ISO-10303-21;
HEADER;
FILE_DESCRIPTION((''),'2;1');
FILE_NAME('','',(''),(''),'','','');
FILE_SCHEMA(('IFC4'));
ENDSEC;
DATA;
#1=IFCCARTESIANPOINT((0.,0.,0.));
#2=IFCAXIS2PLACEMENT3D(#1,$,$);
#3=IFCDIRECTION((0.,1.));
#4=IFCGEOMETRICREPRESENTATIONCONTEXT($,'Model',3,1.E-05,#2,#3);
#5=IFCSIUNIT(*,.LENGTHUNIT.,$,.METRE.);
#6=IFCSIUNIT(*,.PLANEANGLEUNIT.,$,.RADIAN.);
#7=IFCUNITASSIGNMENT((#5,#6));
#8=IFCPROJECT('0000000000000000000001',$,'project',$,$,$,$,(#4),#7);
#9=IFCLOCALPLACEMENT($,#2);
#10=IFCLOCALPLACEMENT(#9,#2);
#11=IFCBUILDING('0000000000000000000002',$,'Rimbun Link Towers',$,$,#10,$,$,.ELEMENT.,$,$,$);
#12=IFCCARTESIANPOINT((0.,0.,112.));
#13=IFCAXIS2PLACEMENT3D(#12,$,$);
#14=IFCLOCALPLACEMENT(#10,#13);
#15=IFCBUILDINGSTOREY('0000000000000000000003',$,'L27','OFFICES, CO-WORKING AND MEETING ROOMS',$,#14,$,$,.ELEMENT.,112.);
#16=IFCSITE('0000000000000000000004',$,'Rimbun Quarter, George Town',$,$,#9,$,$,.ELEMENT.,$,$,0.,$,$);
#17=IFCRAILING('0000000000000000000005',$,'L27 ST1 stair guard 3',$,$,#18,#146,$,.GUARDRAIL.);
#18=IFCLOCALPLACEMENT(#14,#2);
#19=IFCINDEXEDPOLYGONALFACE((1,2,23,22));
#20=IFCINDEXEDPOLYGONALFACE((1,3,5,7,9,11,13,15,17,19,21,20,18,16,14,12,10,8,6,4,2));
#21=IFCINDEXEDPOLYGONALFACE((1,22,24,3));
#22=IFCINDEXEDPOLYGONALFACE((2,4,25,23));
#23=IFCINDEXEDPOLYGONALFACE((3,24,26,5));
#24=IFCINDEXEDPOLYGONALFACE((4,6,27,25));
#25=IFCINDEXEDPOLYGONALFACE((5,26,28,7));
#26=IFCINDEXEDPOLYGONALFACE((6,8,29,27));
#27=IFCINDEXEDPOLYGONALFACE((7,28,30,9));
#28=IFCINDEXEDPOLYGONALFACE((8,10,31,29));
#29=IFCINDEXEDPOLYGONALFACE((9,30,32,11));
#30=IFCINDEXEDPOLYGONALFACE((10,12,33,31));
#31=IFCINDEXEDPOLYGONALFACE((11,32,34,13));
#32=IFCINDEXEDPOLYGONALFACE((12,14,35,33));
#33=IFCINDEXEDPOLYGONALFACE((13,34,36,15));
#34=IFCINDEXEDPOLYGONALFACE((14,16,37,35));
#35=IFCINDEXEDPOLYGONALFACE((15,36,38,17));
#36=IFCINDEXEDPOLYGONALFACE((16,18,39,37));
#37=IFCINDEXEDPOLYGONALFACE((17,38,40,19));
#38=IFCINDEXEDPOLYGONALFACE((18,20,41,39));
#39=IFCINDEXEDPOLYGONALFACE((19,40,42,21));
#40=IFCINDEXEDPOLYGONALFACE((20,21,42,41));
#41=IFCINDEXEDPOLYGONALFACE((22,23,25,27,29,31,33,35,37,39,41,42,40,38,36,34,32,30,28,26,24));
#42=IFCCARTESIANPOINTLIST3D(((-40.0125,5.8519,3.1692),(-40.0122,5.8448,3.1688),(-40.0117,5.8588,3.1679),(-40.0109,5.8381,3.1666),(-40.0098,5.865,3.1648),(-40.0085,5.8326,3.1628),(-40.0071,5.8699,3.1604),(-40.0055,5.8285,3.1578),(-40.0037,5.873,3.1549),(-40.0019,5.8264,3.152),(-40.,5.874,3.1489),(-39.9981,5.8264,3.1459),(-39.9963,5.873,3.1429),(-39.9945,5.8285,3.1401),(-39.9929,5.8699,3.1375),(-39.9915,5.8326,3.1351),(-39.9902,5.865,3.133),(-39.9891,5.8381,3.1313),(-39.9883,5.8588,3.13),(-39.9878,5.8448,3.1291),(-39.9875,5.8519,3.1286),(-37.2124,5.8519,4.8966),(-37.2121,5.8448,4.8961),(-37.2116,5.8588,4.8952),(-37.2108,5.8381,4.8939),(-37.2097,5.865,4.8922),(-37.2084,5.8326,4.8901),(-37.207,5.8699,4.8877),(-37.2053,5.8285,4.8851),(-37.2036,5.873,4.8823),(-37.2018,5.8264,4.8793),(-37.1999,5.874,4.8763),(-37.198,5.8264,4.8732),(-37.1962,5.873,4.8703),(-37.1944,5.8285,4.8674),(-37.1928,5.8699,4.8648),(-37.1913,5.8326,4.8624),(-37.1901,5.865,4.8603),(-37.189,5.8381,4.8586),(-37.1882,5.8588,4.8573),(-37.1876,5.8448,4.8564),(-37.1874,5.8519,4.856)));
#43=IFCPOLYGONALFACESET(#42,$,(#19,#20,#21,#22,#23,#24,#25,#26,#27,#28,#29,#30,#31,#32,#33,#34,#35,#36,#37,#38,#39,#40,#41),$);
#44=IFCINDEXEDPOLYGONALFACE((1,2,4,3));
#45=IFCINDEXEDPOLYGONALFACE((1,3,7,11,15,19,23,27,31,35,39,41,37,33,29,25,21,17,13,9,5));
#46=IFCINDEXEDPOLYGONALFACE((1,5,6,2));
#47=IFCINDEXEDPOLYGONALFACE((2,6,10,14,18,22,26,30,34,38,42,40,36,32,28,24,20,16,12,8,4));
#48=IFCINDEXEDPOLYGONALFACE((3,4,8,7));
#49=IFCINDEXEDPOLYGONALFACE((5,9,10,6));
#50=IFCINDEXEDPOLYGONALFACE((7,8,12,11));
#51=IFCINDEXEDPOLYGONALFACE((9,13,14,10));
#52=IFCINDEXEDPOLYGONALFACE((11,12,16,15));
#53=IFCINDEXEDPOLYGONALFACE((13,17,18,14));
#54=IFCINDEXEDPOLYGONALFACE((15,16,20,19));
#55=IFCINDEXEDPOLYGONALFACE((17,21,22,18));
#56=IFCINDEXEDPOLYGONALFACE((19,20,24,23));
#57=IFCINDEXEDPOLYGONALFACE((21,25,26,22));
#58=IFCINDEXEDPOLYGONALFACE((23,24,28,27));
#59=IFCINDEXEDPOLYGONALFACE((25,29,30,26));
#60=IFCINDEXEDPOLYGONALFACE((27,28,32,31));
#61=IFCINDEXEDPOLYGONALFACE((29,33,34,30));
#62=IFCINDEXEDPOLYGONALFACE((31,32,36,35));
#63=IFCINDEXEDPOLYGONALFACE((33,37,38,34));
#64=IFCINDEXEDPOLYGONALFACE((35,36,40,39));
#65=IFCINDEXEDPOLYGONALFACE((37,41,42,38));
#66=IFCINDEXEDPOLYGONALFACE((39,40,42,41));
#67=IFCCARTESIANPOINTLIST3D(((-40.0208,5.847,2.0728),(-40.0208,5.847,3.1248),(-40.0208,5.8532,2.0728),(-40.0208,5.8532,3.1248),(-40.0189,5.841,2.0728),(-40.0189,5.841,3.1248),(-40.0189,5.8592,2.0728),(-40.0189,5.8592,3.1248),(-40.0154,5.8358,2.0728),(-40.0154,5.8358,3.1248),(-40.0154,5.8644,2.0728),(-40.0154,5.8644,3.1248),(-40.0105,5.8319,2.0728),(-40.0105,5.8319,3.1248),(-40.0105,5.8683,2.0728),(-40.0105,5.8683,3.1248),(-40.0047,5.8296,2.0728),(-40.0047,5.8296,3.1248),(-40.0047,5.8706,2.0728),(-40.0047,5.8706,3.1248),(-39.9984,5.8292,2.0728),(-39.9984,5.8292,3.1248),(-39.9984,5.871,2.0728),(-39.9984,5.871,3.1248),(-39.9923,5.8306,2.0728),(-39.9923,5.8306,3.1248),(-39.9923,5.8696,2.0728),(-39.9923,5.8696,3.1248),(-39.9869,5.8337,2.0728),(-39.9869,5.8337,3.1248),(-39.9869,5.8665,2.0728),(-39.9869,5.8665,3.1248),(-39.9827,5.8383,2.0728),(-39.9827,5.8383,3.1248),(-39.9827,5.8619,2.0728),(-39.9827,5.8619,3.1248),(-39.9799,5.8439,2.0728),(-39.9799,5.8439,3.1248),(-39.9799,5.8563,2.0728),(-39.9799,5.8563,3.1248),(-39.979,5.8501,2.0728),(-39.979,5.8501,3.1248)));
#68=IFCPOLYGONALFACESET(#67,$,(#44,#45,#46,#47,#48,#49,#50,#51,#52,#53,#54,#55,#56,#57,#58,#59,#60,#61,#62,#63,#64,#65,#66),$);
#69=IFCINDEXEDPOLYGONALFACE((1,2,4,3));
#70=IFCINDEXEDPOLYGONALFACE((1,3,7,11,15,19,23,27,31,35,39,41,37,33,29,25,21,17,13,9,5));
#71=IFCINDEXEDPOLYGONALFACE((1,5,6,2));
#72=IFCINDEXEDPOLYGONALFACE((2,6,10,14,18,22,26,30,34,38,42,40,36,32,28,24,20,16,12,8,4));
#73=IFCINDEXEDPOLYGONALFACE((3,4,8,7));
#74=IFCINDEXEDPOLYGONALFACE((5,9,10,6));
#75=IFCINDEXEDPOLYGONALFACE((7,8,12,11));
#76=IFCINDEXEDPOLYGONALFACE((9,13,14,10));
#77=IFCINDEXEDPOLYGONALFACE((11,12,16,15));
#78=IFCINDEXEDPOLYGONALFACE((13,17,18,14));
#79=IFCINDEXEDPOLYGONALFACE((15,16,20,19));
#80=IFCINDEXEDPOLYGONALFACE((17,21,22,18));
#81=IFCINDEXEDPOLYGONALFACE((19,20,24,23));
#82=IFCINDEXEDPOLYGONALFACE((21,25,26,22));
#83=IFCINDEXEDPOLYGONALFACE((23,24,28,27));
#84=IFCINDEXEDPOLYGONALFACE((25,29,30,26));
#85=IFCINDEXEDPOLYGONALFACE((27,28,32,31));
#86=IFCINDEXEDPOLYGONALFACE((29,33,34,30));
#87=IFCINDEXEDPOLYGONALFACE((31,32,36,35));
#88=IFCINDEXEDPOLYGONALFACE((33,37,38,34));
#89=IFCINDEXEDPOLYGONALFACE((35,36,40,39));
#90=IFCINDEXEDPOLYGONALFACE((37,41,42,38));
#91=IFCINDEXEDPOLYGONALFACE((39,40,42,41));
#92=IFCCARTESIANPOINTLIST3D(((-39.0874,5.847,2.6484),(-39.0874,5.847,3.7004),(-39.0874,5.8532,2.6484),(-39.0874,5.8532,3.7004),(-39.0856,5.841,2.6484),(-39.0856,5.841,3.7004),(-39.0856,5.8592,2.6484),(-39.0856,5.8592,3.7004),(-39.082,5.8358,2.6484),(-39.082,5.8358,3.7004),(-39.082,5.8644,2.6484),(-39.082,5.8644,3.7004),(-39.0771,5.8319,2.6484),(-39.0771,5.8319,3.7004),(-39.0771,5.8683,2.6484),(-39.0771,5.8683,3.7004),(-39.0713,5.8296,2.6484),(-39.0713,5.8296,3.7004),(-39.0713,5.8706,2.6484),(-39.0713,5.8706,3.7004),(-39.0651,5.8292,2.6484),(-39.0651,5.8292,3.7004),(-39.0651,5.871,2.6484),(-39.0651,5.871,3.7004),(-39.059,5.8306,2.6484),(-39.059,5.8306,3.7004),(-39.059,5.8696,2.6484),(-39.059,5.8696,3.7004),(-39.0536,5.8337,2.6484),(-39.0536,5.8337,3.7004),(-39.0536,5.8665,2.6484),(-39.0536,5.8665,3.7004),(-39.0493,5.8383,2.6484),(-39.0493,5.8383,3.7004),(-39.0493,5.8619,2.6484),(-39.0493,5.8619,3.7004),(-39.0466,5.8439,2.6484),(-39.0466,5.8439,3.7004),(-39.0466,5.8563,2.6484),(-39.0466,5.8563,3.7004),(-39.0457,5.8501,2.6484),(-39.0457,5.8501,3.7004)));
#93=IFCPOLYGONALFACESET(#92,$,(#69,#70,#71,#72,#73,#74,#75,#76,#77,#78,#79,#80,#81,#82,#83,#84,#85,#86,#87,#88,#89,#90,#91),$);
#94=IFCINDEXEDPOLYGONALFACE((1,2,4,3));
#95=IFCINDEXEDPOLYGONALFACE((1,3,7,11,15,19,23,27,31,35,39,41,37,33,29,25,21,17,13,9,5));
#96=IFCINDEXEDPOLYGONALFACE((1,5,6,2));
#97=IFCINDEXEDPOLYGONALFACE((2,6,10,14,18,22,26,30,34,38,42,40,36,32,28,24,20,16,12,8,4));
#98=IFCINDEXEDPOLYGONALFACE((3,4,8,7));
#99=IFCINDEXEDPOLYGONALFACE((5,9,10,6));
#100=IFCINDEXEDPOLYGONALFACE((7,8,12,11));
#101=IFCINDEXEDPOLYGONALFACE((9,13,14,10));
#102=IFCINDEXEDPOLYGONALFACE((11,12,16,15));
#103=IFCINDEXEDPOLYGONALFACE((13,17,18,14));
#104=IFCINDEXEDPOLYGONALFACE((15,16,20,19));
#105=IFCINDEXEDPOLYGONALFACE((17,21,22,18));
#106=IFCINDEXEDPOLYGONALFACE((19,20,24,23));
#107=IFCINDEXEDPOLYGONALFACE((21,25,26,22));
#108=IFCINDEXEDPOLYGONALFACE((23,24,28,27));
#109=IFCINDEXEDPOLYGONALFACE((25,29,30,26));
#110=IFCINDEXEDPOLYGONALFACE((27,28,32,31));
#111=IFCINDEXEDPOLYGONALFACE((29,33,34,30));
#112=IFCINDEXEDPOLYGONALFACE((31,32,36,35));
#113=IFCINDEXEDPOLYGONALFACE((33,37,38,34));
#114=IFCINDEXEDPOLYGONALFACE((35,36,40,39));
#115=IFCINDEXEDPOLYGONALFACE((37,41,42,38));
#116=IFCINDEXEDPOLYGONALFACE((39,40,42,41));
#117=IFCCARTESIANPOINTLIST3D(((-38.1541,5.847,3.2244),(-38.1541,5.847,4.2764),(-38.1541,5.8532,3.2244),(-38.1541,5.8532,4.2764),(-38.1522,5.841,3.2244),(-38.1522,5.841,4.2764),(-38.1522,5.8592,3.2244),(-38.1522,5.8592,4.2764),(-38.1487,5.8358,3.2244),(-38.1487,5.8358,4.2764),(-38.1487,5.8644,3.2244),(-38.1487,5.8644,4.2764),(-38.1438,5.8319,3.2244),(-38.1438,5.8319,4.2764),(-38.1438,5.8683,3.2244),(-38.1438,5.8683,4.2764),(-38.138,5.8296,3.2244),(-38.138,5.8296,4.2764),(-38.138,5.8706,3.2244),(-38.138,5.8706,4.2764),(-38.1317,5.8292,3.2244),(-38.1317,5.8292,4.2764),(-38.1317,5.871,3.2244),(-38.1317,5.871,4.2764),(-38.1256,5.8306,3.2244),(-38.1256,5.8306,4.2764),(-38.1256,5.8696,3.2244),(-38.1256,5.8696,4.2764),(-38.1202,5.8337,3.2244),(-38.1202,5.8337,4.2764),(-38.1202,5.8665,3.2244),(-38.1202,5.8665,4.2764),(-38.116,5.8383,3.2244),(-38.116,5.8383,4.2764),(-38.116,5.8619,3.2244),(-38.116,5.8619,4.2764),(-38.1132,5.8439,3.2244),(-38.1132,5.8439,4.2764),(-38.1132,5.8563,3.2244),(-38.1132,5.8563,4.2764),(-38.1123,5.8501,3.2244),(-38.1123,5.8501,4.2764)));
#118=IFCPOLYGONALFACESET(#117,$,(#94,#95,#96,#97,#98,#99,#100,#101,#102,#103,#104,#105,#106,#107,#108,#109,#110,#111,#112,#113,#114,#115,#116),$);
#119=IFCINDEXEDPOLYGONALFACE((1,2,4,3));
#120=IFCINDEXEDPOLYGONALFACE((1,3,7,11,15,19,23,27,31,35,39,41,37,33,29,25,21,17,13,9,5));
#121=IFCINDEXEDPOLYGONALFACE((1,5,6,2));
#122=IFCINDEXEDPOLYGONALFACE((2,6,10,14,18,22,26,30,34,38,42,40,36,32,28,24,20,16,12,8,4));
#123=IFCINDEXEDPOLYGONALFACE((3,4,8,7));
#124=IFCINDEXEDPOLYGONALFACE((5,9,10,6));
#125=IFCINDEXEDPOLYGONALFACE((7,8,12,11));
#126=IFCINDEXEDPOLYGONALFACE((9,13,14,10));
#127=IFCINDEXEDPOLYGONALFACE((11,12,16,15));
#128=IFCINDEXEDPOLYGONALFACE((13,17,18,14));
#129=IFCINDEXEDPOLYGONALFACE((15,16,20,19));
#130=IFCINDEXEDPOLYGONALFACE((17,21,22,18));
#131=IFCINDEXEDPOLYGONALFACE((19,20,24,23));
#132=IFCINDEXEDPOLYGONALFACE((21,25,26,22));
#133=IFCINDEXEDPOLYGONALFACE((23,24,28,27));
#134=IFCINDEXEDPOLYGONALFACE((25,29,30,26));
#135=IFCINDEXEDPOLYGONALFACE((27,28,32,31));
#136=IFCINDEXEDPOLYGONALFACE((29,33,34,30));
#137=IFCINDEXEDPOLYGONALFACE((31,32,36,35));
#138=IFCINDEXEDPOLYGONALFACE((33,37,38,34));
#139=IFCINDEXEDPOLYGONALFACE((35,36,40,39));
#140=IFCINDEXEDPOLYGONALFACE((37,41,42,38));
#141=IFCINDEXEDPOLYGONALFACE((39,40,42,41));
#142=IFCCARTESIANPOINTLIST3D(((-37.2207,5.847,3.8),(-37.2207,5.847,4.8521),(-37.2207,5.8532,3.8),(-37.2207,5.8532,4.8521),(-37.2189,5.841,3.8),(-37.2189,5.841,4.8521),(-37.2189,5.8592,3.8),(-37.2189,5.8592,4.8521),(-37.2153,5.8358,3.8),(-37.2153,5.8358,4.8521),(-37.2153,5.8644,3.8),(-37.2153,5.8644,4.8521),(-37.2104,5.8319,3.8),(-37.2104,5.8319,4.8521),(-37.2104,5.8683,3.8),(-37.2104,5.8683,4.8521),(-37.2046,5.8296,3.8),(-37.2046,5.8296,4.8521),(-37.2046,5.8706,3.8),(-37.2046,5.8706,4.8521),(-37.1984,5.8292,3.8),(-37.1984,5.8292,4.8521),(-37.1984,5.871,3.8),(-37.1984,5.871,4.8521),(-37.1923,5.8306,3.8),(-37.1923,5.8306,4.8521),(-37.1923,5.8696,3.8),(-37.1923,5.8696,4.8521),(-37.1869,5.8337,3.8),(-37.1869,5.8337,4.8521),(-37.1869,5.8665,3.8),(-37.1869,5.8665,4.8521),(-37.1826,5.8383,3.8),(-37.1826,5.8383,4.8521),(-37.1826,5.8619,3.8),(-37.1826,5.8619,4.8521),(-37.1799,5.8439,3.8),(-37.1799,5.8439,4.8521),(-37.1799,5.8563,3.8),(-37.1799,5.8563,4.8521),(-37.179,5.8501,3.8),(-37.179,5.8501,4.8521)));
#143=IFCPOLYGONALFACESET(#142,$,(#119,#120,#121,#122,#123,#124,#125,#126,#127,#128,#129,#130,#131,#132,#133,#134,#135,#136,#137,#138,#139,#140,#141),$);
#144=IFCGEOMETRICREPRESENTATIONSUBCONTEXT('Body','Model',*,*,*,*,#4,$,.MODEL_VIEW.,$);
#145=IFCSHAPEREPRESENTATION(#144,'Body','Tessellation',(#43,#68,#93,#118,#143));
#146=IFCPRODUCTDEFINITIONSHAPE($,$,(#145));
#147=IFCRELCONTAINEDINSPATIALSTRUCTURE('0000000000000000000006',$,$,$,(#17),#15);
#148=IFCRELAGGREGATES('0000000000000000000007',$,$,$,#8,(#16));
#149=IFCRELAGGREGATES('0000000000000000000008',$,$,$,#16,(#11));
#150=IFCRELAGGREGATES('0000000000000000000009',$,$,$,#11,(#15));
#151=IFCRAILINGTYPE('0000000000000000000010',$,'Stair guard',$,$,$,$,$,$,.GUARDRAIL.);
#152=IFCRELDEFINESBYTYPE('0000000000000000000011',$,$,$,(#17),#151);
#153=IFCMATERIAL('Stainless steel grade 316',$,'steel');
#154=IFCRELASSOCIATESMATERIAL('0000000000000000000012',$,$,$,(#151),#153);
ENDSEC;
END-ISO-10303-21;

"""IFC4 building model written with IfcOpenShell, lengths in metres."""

from ifc_helpers import new_model, si_unit, direction, frame, origin, origin_2d, place, context, subcontext, project, spatial, circle, extrude, material, type_object, element, save


model = new_model("IFC4")

# Units and contexts
model_context = context("Model", 3, precision=1e-05, world=origin(), true_north=direction((0.0, 1.0)))
body_context = subcontext(model_context, "Body", "Model", "MODEL_VIEW")
ifc_project = project(units=[si_unit("LENGTHUNIT", "METRE"), si_unit("PLANEANGLEUNIT", "RADIAN")], contexts=[model_context])

# Site, building, storey
site_placement = place(None, origin())
site = spatial("IfcSite", under=ifc_project, at=site_placement, Name="Rimbun Quarter, George Town", CompositionType="ELEMENT", RefElevation=0.0)
building_placement = place(site_placement, origin())
building = spatial("IfcBuilding", under=site, at=building_placement, Name="Rimbun Link Towers", CompositionType="ELEMENT")
storey_placement = place(building_placement, frame((0.0, 0.0, 112.0)))
storey = spatial("IfcBuildingStorey", under=building, at=storey_placement, Name="L27", Description="OFFICES, CO-WORKING AND MEETING ROOMS", CompositionType="ELEMENT", Elevation=112.0)

# Railing
ifc_material_1 = material(Name="Stainless steel grade 316", Category="steel")
railing_type_1 = type_object("IfcRailingType", Name="Stair guard", PredefinedType="GUARDRAIL", material=ifc_material_1)
railing_1_placement = place(storey_placement, frame((-40.0, 5.8501, 2.0728)))
element("IfcRailing", 1, at=railing_1_placement, inside=storey, type_object=railing_type_1, Name="L27 ST1 stair guard 3", PredefinedType="GUARDRAIL", context=body_context, shape_type="SweptSolid", body=[
    extrude(circle(Radius=0.0239, at=origin_2d()), frame((0.0, 0.0, 1.0762), z_axis=(0.85109, 0.0, 0.52502), x_axis=(0.0, 1.0, 0.0)), (0.0, 0.0, 1.0), 3.29),
    extrude(circle(Radius=0.021, at=origin_2d()), origin(), (0.0, 0.0, 1.0), 1.052),
    extrude(circle(Radius=0.021, at=origin_2d()), frame((0.9333, 0.0, 0.5757)), (0.0, 0.0, 1.0), 1.052),
    extrude(circle(Radius=0.021, at=origin_2d()), frame((1.8667, 0.0, 1.1516)), (0.0, 0.0, 1.0), 1.052),
    extrude(circle(Radius=0.021, at=origin_2d()), frame((2.8, 0.0, 1.7273)), (0.0, 0.0, 1.0), 1.052),
])

save(model, "model.ifc")
